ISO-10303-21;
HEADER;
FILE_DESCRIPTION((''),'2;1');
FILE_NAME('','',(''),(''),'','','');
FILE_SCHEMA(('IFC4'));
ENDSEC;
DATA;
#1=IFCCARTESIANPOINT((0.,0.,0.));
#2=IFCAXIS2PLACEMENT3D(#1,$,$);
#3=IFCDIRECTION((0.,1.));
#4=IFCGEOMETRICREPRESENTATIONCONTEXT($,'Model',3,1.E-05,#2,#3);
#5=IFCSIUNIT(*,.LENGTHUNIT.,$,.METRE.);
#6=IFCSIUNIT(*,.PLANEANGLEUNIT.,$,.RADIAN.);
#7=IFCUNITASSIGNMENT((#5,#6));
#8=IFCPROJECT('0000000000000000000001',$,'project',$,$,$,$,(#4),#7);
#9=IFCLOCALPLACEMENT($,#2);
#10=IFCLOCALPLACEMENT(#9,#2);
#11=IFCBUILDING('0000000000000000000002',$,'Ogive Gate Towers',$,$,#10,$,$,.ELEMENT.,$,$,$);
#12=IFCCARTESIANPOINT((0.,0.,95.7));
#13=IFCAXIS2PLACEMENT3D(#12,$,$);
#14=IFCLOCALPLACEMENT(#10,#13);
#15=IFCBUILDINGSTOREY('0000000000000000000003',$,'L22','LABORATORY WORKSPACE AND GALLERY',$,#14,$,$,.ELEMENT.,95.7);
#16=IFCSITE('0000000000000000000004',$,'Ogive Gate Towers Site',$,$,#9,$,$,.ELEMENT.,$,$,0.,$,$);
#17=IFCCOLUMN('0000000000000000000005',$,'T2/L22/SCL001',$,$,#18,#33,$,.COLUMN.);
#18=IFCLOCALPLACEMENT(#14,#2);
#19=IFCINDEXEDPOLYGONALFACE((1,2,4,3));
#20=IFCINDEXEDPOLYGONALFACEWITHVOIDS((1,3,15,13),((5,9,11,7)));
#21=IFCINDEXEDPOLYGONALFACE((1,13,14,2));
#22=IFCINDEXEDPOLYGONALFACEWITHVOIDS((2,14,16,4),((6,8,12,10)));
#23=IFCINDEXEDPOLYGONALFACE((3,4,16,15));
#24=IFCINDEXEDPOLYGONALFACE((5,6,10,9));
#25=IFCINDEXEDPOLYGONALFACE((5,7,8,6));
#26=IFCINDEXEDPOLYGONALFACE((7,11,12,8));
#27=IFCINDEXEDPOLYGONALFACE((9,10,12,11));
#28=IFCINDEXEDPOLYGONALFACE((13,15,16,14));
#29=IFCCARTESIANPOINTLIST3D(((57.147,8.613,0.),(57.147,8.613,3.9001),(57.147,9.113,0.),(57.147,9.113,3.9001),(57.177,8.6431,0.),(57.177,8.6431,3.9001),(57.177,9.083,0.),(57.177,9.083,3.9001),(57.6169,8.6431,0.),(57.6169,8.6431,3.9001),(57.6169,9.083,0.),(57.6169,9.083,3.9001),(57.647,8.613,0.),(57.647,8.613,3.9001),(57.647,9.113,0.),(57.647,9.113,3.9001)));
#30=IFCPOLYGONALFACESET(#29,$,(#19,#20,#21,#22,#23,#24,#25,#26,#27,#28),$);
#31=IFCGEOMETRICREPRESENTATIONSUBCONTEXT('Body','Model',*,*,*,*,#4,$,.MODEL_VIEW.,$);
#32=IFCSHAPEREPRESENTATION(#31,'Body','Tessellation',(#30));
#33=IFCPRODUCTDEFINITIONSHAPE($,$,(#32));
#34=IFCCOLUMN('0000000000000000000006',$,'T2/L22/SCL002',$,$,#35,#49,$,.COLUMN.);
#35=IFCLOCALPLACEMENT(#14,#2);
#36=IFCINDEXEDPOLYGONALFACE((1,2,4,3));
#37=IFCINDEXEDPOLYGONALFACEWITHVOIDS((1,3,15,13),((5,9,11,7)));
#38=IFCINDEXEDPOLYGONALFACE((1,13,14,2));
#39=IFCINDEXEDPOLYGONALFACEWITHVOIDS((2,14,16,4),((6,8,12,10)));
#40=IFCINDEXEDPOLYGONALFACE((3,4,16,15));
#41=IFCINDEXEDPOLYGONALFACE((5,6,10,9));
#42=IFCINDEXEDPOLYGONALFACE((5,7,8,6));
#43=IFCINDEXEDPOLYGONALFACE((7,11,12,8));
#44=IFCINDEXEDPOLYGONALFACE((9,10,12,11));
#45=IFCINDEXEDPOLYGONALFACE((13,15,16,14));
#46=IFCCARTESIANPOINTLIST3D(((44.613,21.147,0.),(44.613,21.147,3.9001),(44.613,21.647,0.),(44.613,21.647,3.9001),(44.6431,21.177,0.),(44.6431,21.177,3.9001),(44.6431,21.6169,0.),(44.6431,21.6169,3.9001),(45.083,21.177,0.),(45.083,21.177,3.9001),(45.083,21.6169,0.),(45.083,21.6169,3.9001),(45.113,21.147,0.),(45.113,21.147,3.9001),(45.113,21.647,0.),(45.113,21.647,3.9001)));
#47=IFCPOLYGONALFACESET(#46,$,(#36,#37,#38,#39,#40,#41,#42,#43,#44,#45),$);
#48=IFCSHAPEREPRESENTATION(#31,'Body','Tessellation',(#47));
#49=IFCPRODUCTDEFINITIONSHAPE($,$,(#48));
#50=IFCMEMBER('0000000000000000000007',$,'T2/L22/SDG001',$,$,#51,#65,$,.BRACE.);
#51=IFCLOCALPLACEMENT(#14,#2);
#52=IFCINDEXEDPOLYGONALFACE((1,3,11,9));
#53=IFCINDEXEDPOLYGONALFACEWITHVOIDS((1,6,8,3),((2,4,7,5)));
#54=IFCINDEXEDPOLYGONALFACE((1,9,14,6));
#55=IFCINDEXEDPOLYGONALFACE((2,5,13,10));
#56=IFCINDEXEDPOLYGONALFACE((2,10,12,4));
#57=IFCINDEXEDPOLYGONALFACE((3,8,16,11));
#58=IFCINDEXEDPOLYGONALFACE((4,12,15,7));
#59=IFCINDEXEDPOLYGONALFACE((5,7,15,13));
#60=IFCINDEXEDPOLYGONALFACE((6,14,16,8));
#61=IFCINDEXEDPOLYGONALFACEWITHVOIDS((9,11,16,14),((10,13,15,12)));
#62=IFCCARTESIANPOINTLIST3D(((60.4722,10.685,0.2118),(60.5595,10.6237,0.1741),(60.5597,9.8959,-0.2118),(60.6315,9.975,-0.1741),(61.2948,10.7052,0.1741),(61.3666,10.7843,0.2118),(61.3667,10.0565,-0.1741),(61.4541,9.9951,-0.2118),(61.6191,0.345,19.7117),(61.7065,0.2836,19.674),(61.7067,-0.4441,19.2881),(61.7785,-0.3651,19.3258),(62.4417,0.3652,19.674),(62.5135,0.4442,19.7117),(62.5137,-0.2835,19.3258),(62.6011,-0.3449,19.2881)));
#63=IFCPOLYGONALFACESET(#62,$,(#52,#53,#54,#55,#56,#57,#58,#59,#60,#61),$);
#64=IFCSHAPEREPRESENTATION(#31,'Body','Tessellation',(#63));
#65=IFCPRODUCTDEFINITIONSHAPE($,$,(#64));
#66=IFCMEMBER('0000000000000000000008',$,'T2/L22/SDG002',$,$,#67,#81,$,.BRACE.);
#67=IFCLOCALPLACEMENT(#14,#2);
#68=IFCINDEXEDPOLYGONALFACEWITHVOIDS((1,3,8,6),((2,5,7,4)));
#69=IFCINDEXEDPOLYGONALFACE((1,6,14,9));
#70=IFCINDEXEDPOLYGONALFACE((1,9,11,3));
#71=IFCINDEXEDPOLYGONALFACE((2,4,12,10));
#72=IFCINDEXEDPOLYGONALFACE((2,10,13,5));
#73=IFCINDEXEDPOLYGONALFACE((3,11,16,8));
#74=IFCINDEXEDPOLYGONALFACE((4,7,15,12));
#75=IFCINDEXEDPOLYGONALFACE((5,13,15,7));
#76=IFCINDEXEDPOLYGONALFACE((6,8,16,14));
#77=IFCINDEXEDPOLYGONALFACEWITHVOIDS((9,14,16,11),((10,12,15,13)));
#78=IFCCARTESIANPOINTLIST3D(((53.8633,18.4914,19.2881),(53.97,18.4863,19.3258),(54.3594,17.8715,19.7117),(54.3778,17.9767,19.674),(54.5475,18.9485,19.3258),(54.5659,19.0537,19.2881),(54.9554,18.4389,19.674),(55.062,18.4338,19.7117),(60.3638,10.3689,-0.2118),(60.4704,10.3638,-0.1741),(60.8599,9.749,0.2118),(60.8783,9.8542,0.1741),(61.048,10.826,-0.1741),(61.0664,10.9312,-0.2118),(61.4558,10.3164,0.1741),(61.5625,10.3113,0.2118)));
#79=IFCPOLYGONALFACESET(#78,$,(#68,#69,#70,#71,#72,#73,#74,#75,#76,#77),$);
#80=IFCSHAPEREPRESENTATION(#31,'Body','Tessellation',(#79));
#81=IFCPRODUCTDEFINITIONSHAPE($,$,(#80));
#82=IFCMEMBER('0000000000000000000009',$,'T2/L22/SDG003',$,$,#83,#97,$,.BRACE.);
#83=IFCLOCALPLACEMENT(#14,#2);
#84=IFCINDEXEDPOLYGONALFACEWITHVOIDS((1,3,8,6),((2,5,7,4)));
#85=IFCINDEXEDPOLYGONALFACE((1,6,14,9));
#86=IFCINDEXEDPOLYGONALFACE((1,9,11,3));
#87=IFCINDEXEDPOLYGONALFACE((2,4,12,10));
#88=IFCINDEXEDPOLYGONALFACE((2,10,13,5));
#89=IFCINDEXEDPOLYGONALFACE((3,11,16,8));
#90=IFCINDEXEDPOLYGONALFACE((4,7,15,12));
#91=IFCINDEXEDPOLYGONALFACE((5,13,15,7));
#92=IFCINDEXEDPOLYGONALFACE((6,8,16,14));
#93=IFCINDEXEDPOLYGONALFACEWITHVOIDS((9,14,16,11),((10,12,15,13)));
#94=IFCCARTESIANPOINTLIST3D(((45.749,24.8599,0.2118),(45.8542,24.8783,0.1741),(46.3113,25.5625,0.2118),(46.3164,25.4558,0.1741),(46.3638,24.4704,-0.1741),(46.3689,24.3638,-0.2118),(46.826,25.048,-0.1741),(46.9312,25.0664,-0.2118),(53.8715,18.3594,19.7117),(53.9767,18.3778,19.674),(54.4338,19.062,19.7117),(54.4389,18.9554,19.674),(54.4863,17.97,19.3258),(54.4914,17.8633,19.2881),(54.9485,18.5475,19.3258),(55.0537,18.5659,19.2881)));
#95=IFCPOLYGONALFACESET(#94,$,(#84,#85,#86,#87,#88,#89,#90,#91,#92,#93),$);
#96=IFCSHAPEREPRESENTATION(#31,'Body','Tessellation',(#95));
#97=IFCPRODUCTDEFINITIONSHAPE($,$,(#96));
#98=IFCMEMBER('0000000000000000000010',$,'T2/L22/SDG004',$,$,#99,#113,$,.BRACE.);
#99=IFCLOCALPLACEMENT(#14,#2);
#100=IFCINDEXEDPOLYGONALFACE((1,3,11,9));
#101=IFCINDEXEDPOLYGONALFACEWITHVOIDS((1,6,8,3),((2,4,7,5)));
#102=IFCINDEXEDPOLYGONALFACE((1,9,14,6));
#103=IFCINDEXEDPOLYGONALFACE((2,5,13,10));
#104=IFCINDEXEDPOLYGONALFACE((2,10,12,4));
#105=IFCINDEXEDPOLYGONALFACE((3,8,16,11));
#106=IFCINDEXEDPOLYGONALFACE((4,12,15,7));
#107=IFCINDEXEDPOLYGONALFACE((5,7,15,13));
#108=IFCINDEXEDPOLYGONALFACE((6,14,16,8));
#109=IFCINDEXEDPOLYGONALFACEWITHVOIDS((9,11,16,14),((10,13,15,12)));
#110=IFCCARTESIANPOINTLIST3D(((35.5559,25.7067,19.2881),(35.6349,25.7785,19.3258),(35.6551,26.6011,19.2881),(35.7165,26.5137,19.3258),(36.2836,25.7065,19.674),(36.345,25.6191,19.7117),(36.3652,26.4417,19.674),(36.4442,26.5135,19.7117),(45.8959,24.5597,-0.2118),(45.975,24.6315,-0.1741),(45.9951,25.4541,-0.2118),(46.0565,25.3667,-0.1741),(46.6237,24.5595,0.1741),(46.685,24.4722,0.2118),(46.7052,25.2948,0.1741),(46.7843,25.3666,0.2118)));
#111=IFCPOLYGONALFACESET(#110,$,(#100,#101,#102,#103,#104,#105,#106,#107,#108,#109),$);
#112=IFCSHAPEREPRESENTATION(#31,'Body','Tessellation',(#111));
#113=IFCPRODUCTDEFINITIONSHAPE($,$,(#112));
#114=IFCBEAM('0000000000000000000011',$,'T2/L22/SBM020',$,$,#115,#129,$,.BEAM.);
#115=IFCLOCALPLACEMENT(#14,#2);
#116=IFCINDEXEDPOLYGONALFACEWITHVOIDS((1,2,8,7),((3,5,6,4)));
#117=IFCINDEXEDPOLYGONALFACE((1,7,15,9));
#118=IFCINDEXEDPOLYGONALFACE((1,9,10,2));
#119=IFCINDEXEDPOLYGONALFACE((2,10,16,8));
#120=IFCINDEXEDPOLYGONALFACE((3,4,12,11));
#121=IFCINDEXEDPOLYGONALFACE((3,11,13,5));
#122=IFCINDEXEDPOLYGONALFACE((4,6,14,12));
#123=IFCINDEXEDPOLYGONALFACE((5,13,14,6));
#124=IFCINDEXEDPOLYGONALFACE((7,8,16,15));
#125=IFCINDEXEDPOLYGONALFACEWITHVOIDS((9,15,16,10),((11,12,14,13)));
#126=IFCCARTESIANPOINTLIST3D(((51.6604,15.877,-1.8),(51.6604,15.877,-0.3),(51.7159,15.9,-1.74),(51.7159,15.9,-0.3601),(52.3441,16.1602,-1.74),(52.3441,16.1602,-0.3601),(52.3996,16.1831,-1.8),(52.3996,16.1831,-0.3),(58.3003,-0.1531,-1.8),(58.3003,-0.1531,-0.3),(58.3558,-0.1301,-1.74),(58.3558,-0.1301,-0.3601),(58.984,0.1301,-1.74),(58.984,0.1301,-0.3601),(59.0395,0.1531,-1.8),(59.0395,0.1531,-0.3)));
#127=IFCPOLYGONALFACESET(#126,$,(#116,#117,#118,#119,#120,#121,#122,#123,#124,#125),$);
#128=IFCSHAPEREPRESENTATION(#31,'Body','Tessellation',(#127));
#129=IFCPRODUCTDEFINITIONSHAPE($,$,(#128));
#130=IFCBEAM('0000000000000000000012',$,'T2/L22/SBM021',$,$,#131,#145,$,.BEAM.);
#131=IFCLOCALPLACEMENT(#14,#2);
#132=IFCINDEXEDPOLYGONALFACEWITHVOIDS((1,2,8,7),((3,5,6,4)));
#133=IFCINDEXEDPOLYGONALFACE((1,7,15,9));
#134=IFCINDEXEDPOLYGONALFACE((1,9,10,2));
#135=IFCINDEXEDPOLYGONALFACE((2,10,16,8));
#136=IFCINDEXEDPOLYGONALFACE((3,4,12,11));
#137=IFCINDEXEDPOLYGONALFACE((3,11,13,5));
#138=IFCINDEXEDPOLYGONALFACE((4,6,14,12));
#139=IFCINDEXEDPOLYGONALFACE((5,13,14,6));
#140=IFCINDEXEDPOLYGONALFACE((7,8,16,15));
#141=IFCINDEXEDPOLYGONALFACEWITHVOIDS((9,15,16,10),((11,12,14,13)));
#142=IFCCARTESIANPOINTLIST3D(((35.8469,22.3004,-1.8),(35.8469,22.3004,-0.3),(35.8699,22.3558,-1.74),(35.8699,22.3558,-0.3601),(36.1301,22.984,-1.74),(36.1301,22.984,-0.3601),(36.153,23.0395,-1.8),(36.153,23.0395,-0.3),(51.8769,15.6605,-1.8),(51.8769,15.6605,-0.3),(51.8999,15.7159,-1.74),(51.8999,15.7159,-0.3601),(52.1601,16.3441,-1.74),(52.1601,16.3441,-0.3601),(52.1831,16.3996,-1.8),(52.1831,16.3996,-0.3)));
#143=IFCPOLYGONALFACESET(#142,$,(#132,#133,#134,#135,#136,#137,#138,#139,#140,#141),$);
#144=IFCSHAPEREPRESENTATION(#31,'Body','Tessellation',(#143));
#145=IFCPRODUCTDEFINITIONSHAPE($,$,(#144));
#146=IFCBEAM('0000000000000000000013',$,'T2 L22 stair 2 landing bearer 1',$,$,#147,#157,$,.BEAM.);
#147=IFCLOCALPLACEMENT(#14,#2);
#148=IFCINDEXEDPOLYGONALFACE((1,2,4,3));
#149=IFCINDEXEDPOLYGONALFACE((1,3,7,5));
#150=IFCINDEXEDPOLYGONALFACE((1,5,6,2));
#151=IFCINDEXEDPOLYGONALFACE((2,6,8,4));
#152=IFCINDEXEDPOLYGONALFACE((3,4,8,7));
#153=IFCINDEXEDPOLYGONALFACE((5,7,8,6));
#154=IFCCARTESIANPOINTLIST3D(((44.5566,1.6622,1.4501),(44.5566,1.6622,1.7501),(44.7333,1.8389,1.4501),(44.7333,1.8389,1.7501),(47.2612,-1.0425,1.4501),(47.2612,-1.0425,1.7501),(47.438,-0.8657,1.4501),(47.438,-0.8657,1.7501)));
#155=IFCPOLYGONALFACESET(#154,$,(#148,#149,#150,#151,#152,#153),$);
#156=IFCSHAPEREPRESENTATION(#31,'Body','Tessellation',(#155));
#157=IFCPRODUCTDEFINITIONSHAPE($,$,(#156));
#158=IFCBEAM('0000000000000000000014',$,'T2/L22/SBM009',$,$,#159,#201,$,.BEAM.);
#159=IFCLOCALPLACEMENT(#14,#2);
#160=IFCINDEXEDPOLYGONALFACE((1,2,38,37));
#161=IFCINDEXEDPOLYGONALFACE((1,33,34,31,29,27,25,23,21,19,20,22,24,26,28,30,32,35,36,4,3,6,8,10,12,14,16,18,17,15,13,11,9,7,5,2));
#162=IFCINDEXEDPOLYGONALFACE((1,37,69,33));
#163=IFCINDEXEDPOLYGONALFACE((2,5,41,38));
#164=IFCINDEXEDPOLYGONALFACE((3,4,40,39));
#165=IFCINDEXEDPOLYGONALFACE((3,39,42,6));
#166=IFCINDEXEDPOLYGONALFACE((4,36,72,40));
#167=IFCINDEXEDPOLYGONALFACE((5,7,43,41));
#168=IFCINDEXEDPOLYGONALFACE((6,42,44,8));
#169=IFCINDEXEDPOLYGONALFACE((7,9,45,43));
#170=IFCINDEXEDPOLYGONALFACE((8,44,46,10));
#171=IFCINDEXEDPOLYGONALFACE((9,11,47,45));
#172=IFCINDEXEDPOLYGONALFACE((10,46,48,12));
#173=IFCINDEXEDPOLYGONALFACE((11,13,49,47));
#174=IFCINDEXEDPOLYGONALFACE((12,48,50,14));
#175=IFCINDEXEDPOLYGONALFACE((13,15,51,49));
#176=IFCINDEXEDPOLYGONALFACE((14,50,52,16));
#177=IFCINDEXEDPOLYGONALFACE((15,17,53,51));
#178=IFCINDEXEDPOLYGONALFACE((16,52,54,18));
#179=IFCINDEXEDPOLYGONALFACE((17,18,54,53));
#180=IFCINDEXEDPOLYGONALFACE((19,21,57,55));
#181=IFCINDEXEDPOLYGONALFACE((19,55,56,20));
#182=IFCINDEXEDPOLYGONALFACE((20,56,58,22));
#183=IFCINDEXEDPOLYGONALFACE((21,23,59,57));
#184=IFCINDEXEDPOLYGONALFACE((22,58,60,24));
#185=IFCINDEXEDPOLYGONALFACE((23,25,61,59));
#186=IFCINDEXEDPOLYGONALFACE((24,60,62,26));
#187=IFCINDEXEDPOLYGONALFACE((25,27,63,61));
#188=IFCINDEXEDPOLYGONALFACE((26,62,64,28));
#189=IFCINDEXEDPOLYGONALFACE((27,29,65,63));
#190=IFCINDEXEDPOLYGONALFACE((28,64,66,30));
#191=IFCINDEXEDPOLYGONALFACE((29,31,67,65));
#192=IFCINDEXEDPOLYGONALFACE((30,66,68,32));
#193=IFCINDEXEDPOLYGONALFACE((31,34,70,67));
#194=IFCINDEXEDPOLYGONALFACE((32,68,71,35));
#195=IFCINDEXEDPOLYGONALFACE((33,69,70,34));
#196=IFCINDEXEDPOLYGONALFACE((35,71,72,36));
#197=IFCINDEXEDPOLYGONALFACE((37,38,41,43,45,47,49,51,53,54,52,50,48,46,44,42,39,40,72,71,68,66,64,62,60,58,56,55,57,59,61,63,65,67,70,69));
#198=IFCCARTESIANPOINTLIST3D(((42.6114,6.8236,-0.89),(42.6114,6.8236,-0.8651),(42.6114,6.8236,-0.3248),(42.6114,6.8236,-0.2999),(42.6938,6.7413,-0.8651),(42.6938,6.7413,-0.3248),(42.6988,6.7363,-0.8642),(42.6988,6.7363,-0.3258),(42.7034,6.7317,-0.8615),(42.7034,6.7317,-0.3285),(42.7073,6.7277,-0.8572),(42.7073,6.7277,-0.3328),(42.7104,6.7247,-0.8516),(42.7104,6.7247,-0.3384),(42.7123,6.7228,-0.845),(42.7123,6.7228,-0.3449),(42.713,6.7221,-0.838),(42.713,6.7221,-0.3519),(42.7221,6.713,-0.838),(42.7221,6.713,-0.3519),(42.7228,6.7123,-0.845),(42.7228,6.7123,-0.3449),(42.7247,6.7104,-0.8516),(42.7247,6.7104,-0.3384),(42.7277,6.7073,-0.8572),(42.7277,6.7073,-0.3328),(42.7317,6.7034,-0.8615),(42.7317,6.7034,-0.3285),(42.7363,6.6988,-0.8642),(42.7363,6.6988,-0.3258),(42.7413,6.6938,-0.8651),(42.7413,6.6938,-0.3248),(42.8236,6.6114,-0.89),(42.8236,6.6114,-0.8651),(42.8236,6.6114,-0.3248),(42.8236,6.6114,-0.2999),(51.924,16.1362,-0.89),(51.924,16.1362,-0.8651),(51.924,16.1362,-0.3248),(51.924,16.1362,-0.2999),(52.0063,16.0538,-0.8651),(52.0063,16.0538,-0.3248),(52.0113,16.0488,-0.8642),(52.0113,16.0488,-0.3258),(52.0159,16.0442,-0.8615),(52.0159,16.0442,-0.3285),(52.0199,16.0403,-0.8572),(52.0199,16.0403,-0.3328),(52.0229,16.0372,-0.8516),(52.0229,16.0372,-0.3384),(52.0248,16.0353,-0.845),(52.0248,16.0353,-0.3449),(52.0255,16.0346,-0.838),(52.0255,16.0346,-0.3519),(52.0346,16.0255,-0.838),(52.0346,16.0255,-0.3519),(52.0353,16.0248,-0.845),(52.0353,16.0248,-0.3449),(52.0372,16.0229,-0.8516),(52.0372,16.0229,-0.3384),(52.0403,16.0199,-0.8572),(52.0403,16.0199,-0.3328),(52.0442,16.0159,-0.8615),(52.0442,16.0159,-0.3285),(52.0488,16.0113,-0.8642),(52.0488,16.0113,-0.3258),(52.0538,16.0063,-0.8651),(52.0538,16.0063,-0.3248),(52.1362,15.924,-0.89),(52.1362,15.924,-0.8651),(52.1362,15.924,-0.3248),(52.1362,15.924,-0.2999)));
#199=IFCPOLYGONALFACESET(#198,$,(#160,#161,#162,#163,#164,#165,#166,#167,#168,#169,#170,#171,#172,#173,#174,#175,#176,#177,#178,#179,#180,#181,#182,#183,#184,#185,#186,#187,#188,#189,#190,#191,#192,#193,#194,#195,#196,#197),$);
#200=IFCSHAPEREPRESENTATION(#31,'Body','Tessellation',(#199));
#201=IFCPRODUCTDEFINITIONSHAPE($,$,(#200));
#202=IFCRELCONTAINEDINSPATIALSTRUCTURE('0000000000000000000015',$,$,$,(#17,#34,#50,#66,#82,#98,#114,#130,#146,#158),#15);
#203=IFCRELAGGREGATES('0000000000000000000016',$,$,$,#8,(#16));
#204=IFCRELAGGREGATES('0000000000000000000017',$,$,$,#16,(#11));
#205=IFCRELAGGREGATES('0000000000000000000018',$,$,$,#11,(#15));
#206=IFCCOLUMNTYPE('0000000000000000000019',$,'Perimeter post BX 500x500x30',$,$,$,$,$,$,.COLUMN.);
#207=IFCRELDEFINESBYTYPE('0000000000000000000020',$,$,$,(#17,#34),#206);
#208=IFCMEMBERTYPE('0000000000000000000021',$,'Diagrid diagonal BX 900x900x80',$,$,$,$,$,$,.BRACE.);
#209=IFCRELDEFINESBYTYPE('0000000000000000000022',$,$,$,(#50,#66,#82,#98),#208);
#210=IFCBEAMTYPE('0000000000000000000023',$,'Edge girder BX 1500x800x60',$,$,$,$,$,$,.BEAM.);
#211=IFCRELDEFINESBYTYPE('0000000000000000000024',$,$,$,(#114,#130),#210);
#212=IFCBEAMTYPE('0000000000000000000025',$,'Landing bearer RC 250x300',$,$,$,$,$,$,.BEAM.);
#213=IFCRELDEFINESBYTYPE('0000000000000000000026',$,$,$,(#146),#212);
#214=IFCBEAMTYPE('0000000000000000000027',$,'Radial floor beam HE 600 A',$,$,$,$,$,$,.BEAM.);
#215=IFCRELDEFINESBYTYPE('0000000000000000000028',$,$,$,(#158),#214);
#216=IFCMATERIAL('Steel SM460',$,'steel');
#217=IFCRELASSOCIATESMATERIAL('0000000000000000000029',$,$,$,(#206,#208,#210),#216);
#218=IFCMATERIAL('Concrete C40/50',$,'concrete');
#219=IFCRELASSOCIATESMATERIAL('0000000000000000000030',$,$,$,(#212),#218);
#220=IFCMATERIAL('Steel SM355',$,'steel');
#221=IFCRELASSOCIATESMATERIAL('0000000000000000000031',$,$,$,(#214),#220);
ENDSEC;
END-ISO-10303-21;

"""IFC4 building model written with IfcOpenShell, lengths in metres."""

from ifc_helpers import new_model, si_unit, direction, frame, origin, origin_2d, place, context, subcontext, project, spatial, rectangle, hollow_rectangle, i_section, extrude, material, material_profile, profile_set, type_object, element, save


model = new_model("IFC4")

# Units and contexts
model_context = context("Model", 3, precision=1e-05, world=origin(), true_north=direction((0.0, 1.0)))
body_context = subcontext(model_context, "Body", "Model", "MODEL_VIEW")
ifc_project = project(units=[si_unit("LENGTHUNIT", "METRE"), si_unit("PLANEANGLEUNIT", "RADIAN")], contexts=[model_context])

# Site, building, storey
site_placement = place(None, origin())
site = spatial("IfcSite", under=ifc_project, at=site_placement, Name="Ogive Gate Towers Site", CompositionType="ELEMENT", RefElevation=0.0)
building_placement = place(site_placement, origin())
building = spatial("IfcBuilding", under=site, at=building_placement, Name="Ogive Gate Towers", CompositionType="ELEMENT")
storey_placement = place(building_placement, frame((0.0, 0.0, 95.7)))
storey = spatial("IfcBuildingStorey", under=building, at=storey_placement, Name="L22", Description="LABORATORY WORKSPACE AND GALLERY", CompositionType="ELEMENT", Elevation=95.7)

# Columns
ifc_material_1 = material(Name="Steel SM460", Category="steel")
ifc_material_profile_1 = material_profile(ifc_material_1, hollow_rectangle(XDim=0.5, YDim=0.5, WallThickness=0.03, at=origin_2d()), Name="BX 500x500x30")
ifc_profile_set_1 = profile_set([ifc_material_profile_1], Name="Steel SM460")
column_type = type_object("IfcColumnType", Name="Perimeter post BX 500x500x30", PredefinedType="COLUMN", material=ifc_profile_set_1)
for number, where, z_axis, x_axis, name in (
    (1, (57.397, 8.863, 0.0), (0.0, 0.0, 1.0), (1.0, 0.0, 0.0), "T2/L22/SCL001"),
    (2, (44.863, 21.397, 0.0), (0.0, 0.0, 1.0), (1.0, 0.0, 0.0), "T2/L22/SCL002"),
):
    element("IfcColumn", number, at=place(storey_placement, frame(where, z_axis=z_axis, x_axis=x_axis)), inside=storey, type_object=column_type, Name=name, PredefinedType="COLUMN", context=body_context, shape_type="SweptSolid", body=[
        extrude(hollow_rectangle(XDim=0.5, YDim=0.5, WallThickness=0.03, at=origin_2d()), origin(), (0.0, 0.0, 1.0), 3.9001),
    ])

# Members
ifc_material_profile_2 = material_profile(ifc_material_1, hollow_rectangle(XDim=0.8999, YDim=0.8999, WallThickness=0.0801, at=origin_2d()), Name="BX 900x900x80")
ifc_profile_set_2 = profile_set([ifc_material_profile_2], Name="Steel SM460")
member_type = type_object("IfcMemberType", Name="Diagrid diagonal BX 900x900x80", PredefinedType="BRACE", material=ifc_profile_set_2)
for number, where, z_axis, x_axis, name in (
    (3, (60.9631, 10.3401, 0.0), (0.051895, -0.467842, 0.882287), (0.993904, 0.110249, 0.0), "T2/L22/SDG001"),
    (4, (60.9631, 10.3401, 0.0), (-0.294118, 0.367509, 0.882288), (-0.780754, -0.624838, 0.0), "T2/L22/SDG002"),
    (5, (46.3401, 24.9631, 0.0), (0.367509, -0.294118, 0.882288), (0.624838, 0.780754, 0.0), "T2/L22/SDG003"),
    (6, (46.3401, 24.9631, 0.0), (-0.467842, 0.051895, 0.882287), (-0.110249, -0.993904, 0.0), "T2/L22/SDG004"),
):
    element("IfcMember", number, at=place(storey_placement, frame(where, z_axis=z_axis, x_axis=x_axis)), inside=storey, type_object=member_type, Name=name, PredefinedType="BRACE", context=body_context, shape_type="SweptSolid", body=[
        extrude(hollow_rectangle(XDim=0.8999, YDim=0.8999, WallThickness=0.0801, at=origin_2d()), origin(), (0.0, 0.0, 1.0), 22.1016),
    ])

# Beams
ifc_material_profile_3 = material_profile(ifc_material_1, hollow_rectangle(XDim=0.8, YDim=1.5, WallThickness=0.0601, at=origin_2d()), Name="BX 1500x800x60")
ifc_profile_set_3 = profile_set([ifc_material_profile_3], Name="Steel SM460")
beam_type_1 = type_object("IfcBeamType", Name="Edge girder BX 1500x800x60", PredefinedType="BEAM", material=ifc_profile_set_3)
for number, where, z_axis, x_axis, name in (
    (7, (58.6699, 0.0, -1.05), (-0.382685, 0.923879, 0.0), (-0.923879, -0.382685, 0.0), "T2/L22/SBM020"),
    (8, (52.03, 16.03, -1.05), (-0.923879, 0.382685, 0.0), (-0.382685, -0.923879, 0.0), "T2/L22/SBM021"),
):
    element("IfcBeam", number, at=place(storey_placement, frame(where, z_axis=z_axis, x_axis=x_axis)), inside=storey, type_object=beam_type_1, Name=name, PredefinedType="BEAM", context=body_context, shape_type="SweptSolid", body=[
        extrude(hollow_rectangle(XDim=0.8, YDim=1.5, WallThickness=0.0601, at=origin_2d()), origin(), (0.0, 0.0, 1.0), 17.3508),
    ])
ifc_material_2 = material(Name="Concrete C40/50", Category="concrete")
ifc_material_profile_4 = material_profile(ifc_material_2, rectangle(XDim=0.25, YDim=0.3, at=origin_2d()), Name="RC 250x300")
ifc_profile_set_4 = profile_set([ifc_material_profile_4], Name="Concrete C40/50")
beam_type_2 = type_object("IfcBeamType", Name="Landing bearer RC 250x300", PredefinedType="BEAM", material=ifc_profile_set_4)
beam_1_placement = place(storey_placement, frame((47.3496, -0.9541, 1.6001), z_axis=(-0.707107, 0.707107, 0.0), x_axis=(-0.707107, -0.707107, 0.0)))
element("IfcBeam", 9, at=beam_1_placement, inside=storey, type_object=beam_type_2, Name="T2 L22 stair 2 landing bearer 1", PredefinedType="BEAM", context=body_context, shape_type="SweptSolid", body=[
    extrude(rectangle(XDim=0.25, YDim=0.3, at=origin_2d()), origin(), (0.0, 0.0, 1.0), 3.825),
])
ifc_material_3 = material(Name="Steel SM355", Category="steel")
ifc_material_profile_5 = material_profile(ifc_material_3, i_section(OverallWidth=0.3, OverallDepth=0.5901, WebThickness=0.0129, FlangeThickness=0.0249, FilletRadius=0.0271, at=origin_2d()), Name="HE 600 A")
ifc_profile_set_5 = profile_set([ifc_material_profile_5], Name="Steel SM355")
beam_type_3 = type_object("IfcBeamType", Name="Radial floor beam HE 600 A", PredefinedType="BEAM", material=ifc_profile_set_5)
beam_2_placement = place(storey_placement, frame((42.7175, 6.7175, -0.595), z_axis=(0.707107, 0.707107, 0.0), x_axis=(-0.707107, 0.707107, 0.0)))
element("IfcBeam", 10, at=beam_2_placement, inside=storey, type_object=beam_type_3, Name="T2/L22/SBM009", PredefinedType="BEAM", context=body_context, shape_type="SweptSolid", body=[
    extrude(i_section(OverallWidth=0.3, OverallDepth=0.5901, WebThickness=0.0129, FlangeThickness=0.0249, FilletRadius=0.0271, at=origin_2d()), origin(), (0.0, 0.0, 1.0), 13.1699),
])

save(model, "model.ifc")
